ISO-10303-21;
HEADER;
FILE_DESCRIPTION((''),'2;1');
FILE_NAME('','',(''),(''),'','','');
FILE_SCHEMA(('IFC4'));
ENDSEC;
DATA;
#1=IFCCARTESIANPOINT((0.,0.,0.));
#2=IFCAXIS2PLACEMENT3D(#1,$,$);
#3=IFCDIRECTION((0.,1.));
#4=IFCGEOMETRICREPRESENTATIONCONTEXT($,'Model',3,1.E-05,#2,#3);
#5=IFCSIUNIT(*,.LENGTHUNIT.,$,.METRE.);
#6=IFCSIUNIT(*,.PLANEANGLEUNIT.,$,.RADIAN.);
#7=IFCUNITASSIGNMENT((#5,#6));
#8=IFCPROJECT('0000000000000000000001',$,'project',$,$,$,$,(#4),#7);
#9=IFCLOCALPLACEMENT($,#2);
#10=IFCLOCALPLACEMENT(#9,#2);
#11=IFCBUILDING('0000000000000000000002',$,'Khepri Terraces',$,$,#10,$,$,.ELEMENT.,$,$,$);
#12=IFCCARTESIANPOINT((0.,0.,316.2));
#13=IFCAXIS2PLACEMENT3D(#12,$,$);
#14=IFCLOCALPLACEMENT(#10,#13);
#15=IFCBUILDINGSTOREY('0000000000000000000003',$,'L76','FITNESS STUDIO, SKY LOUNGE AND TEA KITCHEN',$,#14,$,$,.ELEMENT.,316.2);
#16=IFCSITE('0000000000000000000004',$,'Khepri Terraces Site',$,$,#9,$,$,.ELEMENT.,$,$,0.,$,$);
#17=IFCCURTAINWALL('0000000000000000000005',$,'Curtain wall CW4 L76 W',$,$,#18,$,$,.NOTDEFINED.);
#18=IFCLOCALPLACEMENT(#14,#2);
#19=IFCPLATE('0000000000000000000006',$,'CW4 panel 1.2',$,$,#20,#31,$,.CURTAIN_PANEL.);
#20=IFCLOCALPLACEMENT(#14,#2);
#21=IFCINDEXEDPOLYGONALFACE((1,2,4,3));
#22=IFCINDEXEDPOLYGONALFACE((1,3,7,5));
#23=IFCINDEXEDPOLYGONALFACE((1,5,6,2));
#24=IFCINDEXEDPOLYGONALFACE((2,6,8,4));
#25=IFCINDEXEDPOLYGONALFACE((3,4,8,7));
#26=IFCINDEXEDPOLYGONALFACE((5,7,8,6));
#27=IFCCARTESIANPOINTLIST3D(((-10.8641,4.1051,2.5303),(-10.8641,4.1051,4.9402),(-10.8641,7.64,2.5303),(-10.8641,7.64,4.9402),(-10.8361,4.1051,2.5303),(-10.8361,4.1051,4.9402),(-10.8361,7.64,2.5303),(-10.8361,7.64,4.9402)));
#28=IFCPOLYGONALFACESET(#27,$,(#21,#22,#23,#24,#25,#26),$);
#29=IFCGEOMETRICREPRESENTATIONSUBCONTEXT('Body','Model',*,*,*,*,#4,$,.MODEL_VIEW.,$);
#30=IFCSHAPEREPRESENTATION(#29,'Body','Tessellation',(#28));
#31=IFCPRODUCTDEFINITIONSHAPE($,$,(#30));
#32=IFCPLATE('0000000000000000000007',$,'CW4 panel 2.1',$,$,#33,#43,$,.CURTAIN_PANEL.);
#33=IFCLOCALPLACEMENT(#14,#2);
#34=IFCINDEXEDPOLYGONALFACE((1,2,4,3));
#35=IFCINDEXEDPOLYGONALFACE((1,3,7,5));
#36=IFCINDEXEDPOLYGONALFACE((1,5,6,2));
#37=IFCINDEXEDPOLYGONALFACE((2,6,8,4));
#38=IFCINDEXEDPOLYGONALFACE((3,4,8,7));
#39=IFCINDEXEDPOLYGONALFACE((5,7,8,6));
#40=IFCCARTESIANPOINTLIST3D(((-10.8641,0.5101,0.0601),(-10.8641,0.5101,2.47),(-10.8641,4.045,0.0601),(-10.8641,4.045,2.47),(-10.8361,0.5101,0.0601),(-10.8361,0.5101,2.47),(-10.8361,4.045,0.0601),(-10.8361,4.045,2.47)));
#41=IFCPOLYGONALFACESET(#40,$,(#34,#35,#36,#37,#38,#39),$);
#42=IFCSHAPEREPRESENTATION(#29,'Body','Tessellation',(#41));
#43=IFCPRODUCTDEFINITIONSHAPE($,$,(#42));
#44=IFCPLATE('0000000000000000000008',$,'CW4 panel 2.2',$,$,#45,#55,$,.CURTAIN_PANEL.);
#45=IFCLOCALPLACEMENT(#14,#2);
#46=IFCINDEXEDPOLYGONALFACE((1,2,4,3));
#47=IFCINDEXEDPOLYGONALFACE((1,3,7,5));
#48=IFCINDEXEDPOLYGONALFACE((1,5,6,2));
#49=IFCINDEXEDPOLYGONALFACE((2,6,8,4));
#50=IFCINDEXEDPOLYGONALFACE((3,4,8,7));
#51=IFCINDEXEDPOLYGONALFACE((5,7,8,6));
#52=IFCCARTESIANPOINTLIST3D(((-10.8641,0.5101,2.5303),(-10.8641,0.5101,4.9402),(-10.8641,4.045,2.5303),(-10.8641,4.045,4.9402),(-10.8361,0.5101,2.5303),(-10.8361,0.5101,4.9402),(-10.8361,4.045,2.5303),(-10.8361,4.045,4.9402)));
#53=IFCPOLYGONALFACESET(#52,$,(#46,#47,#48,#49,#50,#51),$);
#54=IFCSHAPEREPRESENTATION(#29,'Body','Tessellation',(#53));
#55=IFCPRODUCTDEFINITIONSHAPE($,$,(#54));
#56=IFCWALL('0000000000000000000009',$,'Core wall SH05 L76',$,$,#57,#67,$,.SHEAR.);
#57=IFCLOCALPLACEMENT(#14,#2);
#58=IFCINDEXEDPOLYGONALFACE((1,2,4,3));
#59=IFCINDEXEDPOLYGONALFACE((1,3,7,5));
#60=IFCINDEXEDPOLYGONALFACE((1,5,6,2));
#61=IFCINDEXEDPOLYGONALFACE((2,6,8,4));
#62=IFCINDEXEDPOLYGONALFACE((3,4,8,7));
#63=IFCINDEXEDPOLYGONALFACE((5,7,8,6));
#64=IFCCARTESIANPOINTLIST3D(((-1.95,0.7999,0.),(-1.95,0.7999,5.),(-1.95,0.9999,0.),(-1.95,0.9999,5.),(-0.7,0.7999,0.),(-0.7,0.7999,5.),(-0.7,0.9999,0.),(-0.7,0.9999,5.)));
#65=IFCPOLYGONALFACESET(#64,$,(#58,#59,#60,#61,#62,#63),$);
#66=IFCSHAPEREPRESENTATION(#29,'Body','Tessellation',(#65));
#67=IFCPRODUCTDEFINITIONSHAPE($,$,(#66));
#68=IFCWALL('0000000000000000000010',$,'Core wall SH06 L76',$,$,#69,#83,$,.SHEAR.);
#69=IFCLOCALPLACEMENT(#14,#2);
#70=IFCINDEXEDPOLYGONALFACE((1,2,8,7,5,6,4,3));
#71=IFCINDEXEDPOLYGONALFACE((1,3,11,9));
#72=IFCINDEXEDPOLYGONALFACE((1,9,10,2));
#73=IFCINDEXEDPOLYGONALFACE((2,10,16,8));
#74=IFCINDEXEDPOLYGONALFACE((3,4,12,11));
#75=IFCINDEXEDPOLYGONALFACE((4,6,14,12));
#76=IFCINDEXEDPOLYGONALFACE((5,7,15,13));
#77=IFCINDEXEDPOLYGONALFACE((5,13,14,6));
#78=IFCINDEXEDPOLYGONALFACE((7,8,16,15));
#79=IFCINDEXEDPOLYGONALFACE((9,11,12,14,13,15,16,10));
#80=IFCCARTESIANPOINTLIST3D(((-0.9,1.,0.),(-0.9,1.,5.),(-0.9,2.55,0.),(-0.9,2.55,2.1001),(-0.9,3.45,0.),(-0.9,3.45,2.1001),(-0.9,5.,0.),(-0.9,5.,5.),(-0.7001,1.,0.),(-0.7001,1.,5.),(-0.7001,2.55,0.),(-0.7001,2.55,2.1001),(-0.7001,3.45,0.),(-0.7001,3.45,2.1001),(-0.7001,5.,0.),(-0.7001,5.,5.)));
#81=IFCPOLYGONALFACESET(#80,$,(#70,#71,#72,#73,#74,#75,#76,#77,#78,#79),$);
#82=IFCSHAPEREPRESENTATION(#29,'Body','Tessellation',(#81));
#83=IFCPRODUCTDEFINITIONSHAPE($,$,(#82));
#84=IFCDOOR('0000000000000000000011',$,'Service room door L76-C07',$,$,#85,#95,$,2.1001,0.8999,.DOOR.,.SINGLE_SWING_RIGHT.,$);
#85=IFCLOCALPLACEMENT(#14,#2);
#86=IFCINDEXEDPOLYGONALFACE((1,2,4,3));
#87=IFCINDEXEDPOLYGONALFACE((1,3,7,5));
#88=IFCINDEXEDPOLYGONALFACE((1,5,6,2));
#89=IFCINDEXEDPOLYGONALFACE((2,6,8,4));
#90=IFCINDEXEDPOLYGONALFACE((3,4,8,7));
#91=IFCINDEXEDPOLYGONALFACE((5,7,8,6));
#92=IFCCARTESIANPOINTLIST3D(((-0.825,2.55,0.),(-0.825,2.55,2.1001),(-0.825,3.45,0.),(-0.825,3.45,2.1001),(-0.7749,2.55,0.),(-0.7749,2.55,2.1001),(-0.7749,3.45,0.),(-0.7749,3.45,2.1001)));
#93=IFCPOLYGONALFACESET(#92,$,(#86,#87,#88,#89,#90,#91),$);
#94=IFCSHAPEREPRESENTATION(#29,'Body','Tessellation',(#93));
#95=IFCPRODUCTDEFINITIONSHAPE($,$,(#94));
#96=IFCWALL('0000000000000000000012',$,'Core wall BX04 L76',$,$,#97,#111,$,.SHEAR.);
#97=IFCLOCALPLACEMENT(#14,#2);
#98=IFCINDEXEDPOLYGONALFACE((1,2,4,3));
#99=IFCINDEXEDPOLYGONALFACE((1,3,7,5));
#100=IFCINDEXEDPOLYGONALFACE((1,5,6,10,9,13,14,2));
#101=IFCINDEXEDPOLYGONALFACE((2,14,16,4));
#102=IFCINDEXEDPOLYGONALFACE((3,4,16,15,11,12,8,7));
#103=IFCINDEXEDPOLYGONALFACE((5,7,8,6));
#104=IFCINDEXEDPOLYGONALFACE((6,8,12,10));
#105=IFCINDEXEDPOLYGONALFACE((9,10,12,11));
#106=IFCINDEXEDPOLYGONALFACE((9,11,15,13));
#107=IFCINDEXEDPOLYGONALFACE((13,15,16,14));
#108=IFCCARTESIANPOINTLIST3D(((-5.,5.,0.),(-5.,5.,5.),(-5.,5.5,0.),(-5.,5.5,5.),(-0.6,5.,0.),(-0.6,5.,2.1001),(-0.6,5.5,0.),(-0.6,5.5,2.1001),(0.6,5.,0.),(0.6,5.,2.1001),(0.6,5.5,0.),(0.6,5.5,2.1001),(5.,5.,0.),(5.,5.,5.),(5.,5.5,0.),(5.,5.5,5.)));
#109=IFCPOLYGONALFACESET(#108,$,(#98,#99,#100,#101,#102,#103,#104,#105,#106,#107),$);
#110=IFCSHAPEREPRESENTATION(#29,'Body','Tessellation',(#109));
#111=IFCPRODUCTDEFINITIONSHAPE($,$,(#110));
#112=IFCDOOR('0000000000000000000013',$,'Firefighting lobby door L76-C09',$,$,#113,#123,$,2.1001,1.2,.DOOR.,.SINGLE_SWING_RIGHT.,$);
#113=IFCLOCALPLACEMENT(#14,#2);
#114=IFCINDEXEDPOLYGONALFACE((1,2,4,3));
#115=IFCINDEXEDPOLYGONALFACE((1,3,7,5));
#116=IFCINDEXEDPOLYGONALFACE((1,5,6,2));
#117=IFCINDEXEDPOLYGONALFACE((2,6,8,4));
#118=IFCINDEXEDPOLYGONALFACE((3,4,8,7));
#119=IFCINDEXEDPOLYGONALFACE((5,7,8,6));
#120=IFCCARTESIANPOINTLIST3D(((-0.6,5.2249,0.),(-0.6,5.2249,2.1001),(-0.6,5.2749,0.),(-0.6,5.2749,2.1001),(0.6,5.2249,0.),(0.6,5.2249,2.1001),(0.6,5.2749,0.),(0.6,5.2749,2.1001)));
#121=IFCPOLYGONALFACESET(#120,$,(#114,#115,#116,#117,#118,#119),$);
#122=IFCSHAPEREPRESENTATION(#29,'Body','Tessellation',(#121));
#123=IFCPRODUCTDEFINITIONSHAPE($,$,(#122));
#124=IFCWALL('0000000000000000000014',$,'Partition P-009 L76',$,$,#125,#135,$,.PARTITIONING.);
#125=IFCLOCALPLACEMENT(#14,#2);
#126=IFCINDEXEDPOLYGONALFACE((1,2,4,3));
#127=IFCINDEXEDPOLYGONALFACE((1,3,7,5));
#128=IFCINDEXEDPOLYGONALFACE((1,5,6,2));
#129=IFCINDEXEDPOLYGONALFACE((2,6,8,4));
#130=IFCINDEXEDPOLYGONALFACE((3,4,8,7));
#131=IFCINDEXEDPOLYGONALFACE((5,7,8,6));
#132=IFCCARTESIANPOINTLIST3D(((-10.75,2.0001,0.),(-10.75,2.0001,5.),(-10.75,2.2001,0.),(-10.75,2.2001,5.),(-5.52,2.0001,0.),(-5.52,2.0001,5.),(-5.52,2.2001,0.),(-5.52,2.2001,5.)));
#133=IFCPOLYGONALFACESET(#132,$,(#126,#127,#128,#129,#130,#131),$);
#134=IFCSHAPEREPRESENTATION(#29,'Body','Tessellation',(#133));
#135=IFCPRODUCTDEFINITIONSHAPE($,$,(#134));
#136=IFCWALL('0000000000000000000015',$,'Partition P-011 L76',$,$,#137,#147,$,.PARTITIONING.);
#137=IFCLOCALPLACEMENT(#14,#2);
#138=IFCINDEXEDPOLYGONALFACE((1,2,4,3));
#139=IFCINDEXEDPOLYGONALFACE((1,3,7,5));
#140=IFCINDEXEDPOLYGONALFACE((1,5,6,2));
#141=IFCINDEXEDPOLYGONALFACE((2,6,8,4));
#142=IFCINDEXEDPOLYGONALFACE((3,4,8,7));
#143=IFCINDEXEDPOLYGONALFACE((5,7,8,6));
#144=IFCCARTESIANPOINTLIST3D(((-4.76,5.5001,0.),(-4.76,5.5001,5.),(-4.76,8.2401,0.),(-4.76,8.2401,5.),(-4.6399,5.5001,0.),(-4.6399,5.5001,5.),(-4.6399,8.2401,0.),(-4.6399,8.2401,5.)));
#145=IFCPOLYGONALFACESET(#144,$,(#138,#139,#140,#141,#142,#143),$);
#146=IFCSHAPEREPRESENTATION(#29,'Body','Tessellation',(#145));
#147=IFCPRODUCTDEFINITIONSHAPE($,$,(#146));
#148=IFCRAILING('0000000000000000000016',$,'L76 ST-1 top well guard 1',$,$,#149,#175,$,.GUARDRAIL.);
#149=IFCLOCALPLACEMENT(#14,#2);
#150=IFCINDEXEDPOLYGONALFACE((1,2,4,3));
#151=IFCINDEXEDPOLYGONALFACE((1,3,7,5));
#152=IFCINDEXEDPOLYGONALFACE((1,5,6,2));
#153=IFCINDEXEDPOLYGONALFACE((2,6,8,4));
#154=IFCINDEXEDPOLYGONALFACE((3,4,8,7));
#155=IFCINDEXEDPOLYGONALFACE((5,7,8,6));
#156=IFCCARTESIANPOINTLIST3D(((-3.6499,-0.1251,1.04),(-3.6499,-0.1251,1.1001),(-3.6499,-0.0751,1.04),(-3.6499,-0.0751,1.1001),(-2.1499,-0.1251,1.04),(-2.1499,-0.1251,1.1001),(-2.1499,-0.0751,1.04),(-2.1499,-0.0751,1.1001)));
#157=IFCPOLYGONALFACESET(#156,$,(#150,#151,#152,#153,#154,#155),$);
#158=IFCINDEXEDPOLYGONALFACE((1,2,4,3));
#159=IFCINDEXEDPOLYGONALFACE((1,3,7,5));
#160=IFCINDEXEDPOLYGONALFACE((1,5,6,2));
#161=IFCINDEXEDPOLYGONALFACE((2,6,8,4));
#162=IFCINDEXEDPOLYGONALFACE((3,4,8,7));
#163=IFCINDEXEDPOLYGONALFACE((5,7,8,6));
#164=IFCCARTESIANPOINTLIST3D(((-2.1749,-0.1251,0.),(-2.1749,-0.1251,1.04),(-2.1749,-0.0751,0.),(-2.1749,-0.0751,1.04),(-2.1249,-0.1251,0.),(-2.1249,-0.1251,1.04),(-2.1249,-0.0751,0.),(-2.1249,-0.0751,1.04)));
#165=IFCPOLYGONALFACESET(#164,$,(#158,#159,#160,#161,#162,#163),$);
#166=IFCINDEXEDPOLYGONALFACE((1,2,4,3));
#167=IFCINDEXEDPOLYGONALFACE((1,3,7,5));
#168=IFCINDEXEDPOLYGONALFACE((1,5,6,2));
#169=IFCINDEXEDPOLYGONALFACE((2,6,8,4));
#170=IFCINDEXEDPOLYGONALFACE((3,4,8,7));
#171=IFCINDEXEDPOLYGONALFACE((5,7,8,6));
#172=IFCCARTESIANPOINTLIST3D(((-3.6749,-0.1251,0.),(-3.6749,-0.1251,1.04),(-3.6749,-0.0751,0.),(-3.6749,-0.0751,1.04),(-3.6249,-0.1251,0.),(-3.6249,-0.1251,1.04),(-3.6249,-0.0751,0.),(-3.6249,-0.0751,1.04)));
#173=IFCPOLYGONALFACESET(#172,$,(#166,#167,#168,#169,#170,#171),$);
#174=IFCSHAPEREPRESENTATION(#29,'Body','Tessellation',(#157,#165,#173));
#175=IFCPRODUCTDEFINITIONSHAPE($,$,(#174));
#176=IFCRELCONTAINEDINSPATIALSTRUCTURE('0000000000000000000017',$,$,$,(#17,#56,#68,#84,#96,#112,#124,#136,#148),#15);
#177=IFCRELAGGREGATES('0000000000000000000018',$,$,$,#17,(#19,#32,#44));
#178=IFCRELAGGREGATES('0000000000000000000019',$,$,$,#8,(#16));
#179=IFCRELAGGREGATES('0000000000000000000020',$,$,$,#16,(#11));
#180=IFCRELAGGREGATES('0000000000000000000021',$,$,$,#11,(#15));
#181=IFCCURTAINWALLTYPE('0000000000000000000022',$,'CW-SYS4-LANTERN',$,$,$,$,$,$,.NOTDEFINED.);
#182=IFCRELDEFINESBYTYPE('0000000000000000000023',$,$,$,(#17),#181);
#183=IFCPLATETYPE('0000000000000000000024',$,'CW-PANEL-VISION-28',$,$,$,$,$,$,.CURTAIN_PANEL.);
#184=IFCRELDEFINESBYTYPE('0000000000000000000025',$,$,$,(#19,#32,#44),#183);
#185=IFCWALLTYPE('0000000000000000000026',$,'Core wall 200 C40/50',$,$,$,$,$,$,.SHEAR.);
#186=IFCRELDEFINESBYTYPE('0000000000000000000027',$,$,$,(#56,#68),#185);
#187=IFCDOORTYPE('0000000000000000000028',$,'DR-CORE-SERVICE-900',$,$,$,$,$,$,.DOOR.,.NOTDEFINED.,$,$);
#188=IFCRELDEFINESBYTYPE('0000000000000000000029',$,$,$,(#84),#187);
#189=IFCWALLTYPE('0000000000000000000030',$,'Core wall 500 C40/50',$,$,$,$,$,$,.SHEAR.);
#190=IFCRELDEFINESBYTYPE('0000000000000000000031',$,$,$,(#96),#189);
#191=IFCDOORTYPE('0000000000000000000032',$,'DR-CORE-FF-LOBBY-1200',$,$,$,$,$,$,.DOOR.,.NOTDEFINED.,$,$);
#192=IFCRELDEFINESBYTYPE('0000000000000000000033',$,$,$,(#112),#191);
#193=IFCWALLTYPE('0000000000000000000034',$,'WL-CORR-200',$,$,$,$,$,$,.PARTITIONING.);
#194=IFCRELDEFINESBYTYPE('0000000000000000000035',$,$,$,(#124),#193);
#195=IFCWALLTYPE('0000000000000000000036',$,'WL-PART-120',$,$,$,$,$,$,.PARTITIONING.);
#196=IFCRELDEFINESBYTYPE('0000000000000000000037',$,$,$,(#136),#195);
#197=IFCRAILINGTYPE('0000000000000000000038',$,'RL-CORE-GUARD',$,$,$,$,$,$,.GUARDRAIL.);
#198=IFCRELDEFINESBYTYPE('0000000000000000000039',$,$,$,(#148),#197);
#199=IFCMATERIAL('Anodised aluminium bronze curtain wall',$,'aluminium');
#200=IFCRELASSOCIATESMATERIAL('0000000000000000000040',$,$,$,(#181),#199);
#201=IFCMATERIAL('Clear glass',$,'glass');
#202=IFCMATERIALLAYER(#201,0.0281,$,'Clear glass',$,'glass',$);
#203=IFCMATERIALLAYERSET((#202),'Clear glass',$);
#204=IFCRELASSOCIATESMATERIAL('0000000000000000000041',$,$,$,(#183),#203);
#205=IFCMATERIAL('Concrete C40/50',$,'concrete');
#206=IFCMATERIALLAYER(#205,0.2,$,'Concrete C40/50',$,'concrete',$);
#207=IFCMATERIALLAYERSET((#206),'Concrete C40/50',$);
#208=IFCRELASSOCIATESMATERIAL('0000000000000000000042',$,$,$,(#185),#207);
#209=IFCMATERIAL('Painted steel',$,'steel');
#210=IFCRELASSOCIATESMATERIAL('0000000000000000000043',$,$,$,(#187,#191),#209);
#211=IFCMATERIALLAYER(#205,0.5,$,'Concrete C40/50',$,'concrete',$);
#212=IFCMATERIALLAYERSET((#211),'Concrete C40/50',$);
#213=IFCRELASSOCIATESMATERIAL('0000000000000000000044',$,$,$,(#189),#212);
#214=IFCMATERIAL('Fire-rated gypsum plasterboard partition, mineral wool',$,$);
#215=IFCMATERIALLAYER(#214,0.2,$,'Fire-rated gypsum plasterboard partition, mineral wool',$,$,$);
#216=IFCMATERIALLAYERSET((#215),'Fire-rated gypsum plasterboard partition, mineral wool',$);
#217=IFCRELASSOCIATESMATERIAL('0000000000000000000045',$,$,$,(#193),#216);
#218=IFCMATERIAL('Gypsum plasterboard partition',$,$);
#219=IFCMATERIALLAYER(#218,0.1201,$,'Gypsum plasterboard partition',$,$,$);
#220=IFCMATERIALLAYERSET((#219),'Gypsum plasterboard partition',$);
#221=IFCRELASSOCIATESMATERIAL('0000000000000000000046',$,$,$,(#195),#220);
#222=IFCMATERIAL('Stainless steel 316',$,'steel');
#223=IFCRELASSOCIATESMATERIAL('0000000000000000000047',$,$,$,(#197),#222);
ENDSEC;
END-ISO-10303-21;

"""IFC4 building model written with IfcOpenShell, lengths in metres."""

from ifc_helpers import new_model, si_unit, direction, frame, frame_2d, origin, origin_2d, place, context, subcontext, project, spatial, rectangle, extrude, material, layer, layer_set, type_object, element, fill, aggregate, save


model = new_model("IFC4")

# Units and contexts
model_context = context("Model", 3, precision=1e-05, world=origin(), true_north=direction((0.0, 1.0)))
body_context = subcontext(model_context, "Body", "Model", "MODEL_VIEW")
ifc_project = project(units=[si_unit("LENGTHUNIT", "METRE"), si_unit("PLANEANGLEUNIT", "RADIAN")], contexts=[model_context])

# Site, building, storey
site_placement = place(None, origin())
site = spatial("IfcSite", under=ifc_project, at=site_placement, Name="Khepri Terraces Site", CompositionType="ELEMENT", RefElevation=0.0)
building_placement = place(site_placement, origin())
building = spatial("IfcBuilding", under=site, at=building_placement, Name="Khepri Terraces", CompositionType="ELEMENT")
storey_placement = place(building_placement, frame((0.0, 0.0, 316.2)))
storey = spatial("IfcBuildingStorey", under=building, at=storey_placement, Name="L76", Description="FITNESS STUDIO, SKY LOUNGE AND TEA KITCHEN", CompositionType="ELEMENT", Elevation=316.2)

# Shared definitions
ifc_material_1 = material(Name="Concrete C40/50", Category="concrete")

# Shared definitions
ifc_material_2 = material(Name="Anodised aluminium bronze curtain wall", Category="aluminium")
curtain_wall_type = type_object("IfcCurtainWallType", Name="CW-SYS4-LANTERN", PredefinedType="NOTDEFINED", material=ifc_material_2)

# Curtain wall
curtain_wall_1_placement = place(storey_placement, origin())
curtain_wall_1 = element("IfcCurtainWall", 1, at=curtain_wall_1_placement, inside=storey, type_object=curtain_wall_type, Name="Curtain wall CW4 L76 W", PredefinedType="NOTDEFINED")

# Plates
ifc_material_3 = material(Name="Clear glass", Category="glass")
ifc_layer_1 = layer(ifc_material_3, 0.0281, Name="Clear glass", Category="glass")
ifc_layer_set_1 = layer_set([ifc_layer_1], Name="Clear glass")
plate_type = type_object("IfcPlateType", Name="CW-PANEL-VISION-28", PredefinedType="CURTAIN_PANEL", material=ifc_layer_set_1)
plate_1_placement = place(storey_placement, frame((-10.8501, 5.8726, 2.5303), z_axis=(0.0, 0.0, 1.0), x_axis=(0.0, -1.0, 0.0)))
plate_1 = element("IfcPlate", 2, at=plate_1_placement, type_object=plate_type, Name="CW4 panel 1.2", PredefinedType="CURTAIN_PANEL", context=body_context, shape_type="SweptSolid", body=[
    extrude(rectangle(XDim=3.5349, YDim=0.0281, at=origin_2d()), origin(), (0.0, 0.0, 1.0), 2.4099),
])
plate_2_placement = place(storey_placement, frame((-10.8501, 2.2776, 0.0601), z_axis=(0.0, 0.0, 1.0), x_axis=(0.0, -1.0, 0.0)))
plate_2 = element("IfcPlate", 3, at=plate_2_placement, type_object=plate_type, Name="CW4 panel 2.1", PredefinedType="CURTAIN_PANEL", context=body_context, shape_type="SweptSolid", body=[
    extrude(rectangle(XDim=3.5349, YDim=0.0281, at=origin_2d()), origin(), (0.0, 0.0, 1.0), 2.4099),
])
plate_3_placement = place(storey_placement, frame((-10.8501, 2.2776, 2.5303), z_axis=(0.0, 0.0, 1.0), x_axis=(0.0, -1.0, 0.0)))
plate_3 = element("IfcPlate", 4, at=plate_3_placement, type_object=plate_type, Name="CW4 panel 2.2", PredefinedType="CURTAIN_PANEL", context=body_context, shape_type="SweptSolid", body=[
    extrude(rectangle(XDim=3.5349, YDim=0.0281, at=origin_2d()), origin(), (0.0, 0.0, 1.0), 2.4099),
])
aggregate(curtain_wall_1, [plate_1, plate_2, plate_3])

# Wall
ifc_layer_2 = layer(ifc_material_1, 0.2, Name="Concrete C40/50", Category="concrete")
ifc_layer_set_2 = layer_set([ifc_layer_2], Name="Concrete C40/50")
wall_type_1 = type_object("IfcWallType", Name="Core wall 200 C40/50", PredefinedType="SHEAR", material=ifc_layer_set_2)
wall_1_placement = place(storey_placement, frame((-1.95, 0.8999, 0.0), z_axis=(0.0, 0.0, 1.0), x_axis=(1.0, 0.0, 0.0)))
element("IfcWall", 5, at=wall_1_placement, inside=storey, type_object=wall_type_1, Name="Core wall SH05 L76", PredefinedType="SHEAR", context=body_context, shape_type="SweptSolid", body=[
    extrude(rectangle(XDim=1.25, YDim=0.2, at=frame_2d((0.625, 0.0))), origin(), (0.0, 0.0, 1.0), 5.0),
])

# Walls, openings, doors
wall_2_placement = place(storey_placement, frame((-0.8, 1.0, 0.0), z_axis=(0.0, 0.0, 1.0), x_axis=(0.0, 1.0, 0.0)))
wall_2 = element("IfcWall", 6, at=wall_2_placement, inside=storey, type_object=wall_type_1, Name="Core wall SH06 L76", PredefinedType="SHEAR", context=body_context, shape_type="SweptSolid", body=[
    extrude(rectangle(XDim=4.0, YDim=0.2, at=frame_2d((2.0, 0.0))), origin(), (0.0, 0.0, 1.0), 5.0),
])
opening_1_placement = place(wall_2_placement, frame((1.55, 0.0, 0.0)))
opening_1 = element("IfcOpeningElement", 7, at=opening_1_placement, cuts=wall_2, PredefinedType="OPENING", context=body_context, shape_type="SweptSolid", body=[
    extrude(rectangle(XDim=0.8999, YDim=2.1001, at=frame_2d((0.45, 1.05))), frame((0.0, 0.1099, 0.0), z_axis=(0.0, -1.0, 0.0), x_axis=(1.0, 0.0, 0.0)), (0.0, 0.0, 1.0), 0.22),
])
ifc_material_4 = material(Name="Painted steel", Category="steel")
door_type_1 = type_object("IfcDoorType", Name="DR-CORE-SERVICE-900", OperationType="NOTDEFINED", PredefinedType="DOOR", material=ifc_material_4)
door_1_placement = place(opening_1_placement, origin())
door_1 = element("IfcDoor", 8, at=door_1_placement, inside=storey, type_object=door_type_1, Name="Service room door L76-C07", OperationType="SINGLE_SWING_RIGHT", OverallHeight=2.1001, OverallWidth=0.8999, PredefinedType="DOOR", context=body_context, shape_type="SweptSolid", body=[
    extrude(rectangle(XDim=0.8999, YDim=2.1001, at=frame_2d((0.45, 1.05))), frame((0.0, 0.0249, 0.0), z_axis=(0.0, -1.0, 0.0), x_axis=(1.0, 0.0, 0.0)), (0.0, 0.0, 1.0), 0.05),
])
fill(opening_1, door_1)
ifc_layer_3 = layer(ifc_material_1, 0.5, Name="Concrete C40/50", Category="concrete")
ifc_layer_set_3 = layer_set([ifc_layer_3], Name="Concrete C40/50")
wall_type_2 = type_object("IfcWallType", Name="Core wall 500 C40/50", PredefinedType="SHEAR", material=ifc_layer_set_3)
wall_3_placement = place(storey_placement, frame((-5.0, 5.25, 0.0), z_axis=(0.0, 0.0, 1.0), x_axis=(1.0, 0.0, 0.0)))
wall_3 = element("IfcWall", 9, at=wall_3_placement, inside=storey, type_object=wall_type_2, Name="Core wall BX04 L76", PredefinedType="SHEAR", context=body_context, shape_type="SweptSolid", body=[
    extrude(rectangle(XDim=10.0, YDim=0.5, at=frame_2d((5.0, 0.0))), origin(), (0.0, 0.0, 1.0), 5.0),
])
opening_2_placement = place(wall_3_placement, frame((4.3999, 0.0, 0.0)))
opening_2 = element("IfcOpeningElement", 10, at=opening_2_placement, cuts=wall_3, PredefinedType="OPENING", context=body_context, shape_type="SweptSolid", body=[
    extrude(rectangle(XDim=1.2, YDim=2.1001, at=frame_2d((0.6001, 1.05))), frame((0.0, 0.26, 0.0), z_axis=(0.0, -1.0, 0.0), x_axis=(1.0, 0.0, 0.0)), (0.0, 0.0, 1.0), 0.52),
])
door_type_2 = type_object("IfcDoorType", Name="DR-CORE-FF-LOBBY-1200", OperationType="NOTDEFINED", PredefinedType="DOOR", material=ifc_material_4)
door_2_placement = place(opening_2_placement, origin())
door_2 = element("IfcDoor", 11, at=door_2_placement, inside=storey, type_object=door_type_2, Name="Firefighting lobby door L76-C09", OperationType="SINGLE_SWING_RIGHT", OverallHeight=2.1001, OverallWidth=1.2, PredefinedType="DOOR", context=body_context, shape_type="SweptSolid", body=[
    extrude(rectangle(XDim=1.2, YDim=2.1001, at=frame_2d((0.6001, 1.05))), frame((0.0, 0.0249, 0.0), z_axis=(0.0, -1.0, 0.0), x_axis=(1.0, 0.0, 0.0)), (0.0, 0.0, 1.0), 0.05),
])
fill(opening_2, door_2)

# Wall
ifc_material_5 = material(Name="Fire-rated gypsum plasterboard partition, mineral wool")
ifc_layer_4 = layer(ifc_material_5, 0.2, Name="Fire-rated gypsum plasterboard partition, mineral wool")
ifc_layer_set_4 = layer_set([ifc_layer_4], Name="Fire-rated gypsum plasterboard partition, mineral wool")
wall_type_3 = type_object("IfcWallType", Name="WL-CORR-200", PredefinedType="PARTITIONING", material=ifc_layer_set_4)
wall_4_placement = place(storey_placement, frame((-10.75, 2.1001, 0.0), z_axis=(0.0, 0.0, 1.0), x_axis=(1.0, 0.0, 0.0)))
element("IfcWall", 12, at=wall_4_placement, inside=storey, type_object=wall_type_3, Name="Partition P-009 L76", PredefinedType="PARTITIONING", context=body_context, shape_type="SweptSolid", body=[
    extrude(rectangle(XDim=5.23, YDim=0.2, at=frame_2d((2.615, 0.0))), origin(), (0.0, 0.0, 1.0), 5.0),
])

# Wall
ifc_material_6 = material(Name="Gypsum plasterboard partition")
ifc_layer_5 = layer(ifc_material_6, 0.1201, Name="Gypsum plasterboard partition")
ifc_layer_set_5 = layer_set([ifc_layer_5], Name="Gypsum plasterboard partition")
wall_type_4 = type_object("IfcWallType", Name="WL-PART-120", PredefinedType="PARTITIONING", material=ifc_layer_set_5)
wall_5_placement = place(storey_placement, frame((-4.7, 5.5, 0.0), z_axis=(0.0, 0.0, 1.0), x_axis=(0.0, 1.0, 0.0)))
element("IfcWall", 13, at=wall_5_placement, inside=storey, type_object=wall_type_4, Name="Partition P-011 L76", PredefinedType="PARTITIONING", context=body_context, shape_type="SweptSolid", body=[
    extrude(rectangle(XDim=2.74, YDim=0.1201, at=frame_2d((1.3701, 0.0))), origin(), (0.0, 0.0, 1.0), 5.0),
])

# Railing
ifc_material_7 = material(Name="Stainless steel 316", Category="steel")
railing_type = type_object("IfcRailingType", Name="RL-CORE-GUARD", PredefinedType="GUARDRAIL", material=ifc_material_7)
railing_placement = place(storey_placement, frame((-2.1499, -0.1001, 0.0)))
element("IfcRailing", 14, at=railing_placement, inside=storey, type_object=railing_type, Name="L76 ST-1 top well guard 1", PredefinedType="GUARDRAIL", context=body_context, shape_type="SweptSolid", body=[
    extrude(rectangle(XDim=0.05, YDim=0.0601, at=origin_2d()), frame((0.0, 0.0, 1.0701), z_axis=(-1.0, 0.0, 0.0), x_axis=(0.0, -1.0, 0.0)), (0.0, 0.0, 1.0), 1.5),
    extrude(rectangle(XDim=0.05, YDim=0.05, at=origin_2d()), origin(), (0.0, 0.0, 1.0), 1.04),
    extrude(rectangle(XDim=0.05, YDim=0.05, at=origin_2d()), frame((-1.5, 0.0, 0.0)), (0.0, 0.0, 1.0), 1.04),
])

save(model, "model.ifc")
